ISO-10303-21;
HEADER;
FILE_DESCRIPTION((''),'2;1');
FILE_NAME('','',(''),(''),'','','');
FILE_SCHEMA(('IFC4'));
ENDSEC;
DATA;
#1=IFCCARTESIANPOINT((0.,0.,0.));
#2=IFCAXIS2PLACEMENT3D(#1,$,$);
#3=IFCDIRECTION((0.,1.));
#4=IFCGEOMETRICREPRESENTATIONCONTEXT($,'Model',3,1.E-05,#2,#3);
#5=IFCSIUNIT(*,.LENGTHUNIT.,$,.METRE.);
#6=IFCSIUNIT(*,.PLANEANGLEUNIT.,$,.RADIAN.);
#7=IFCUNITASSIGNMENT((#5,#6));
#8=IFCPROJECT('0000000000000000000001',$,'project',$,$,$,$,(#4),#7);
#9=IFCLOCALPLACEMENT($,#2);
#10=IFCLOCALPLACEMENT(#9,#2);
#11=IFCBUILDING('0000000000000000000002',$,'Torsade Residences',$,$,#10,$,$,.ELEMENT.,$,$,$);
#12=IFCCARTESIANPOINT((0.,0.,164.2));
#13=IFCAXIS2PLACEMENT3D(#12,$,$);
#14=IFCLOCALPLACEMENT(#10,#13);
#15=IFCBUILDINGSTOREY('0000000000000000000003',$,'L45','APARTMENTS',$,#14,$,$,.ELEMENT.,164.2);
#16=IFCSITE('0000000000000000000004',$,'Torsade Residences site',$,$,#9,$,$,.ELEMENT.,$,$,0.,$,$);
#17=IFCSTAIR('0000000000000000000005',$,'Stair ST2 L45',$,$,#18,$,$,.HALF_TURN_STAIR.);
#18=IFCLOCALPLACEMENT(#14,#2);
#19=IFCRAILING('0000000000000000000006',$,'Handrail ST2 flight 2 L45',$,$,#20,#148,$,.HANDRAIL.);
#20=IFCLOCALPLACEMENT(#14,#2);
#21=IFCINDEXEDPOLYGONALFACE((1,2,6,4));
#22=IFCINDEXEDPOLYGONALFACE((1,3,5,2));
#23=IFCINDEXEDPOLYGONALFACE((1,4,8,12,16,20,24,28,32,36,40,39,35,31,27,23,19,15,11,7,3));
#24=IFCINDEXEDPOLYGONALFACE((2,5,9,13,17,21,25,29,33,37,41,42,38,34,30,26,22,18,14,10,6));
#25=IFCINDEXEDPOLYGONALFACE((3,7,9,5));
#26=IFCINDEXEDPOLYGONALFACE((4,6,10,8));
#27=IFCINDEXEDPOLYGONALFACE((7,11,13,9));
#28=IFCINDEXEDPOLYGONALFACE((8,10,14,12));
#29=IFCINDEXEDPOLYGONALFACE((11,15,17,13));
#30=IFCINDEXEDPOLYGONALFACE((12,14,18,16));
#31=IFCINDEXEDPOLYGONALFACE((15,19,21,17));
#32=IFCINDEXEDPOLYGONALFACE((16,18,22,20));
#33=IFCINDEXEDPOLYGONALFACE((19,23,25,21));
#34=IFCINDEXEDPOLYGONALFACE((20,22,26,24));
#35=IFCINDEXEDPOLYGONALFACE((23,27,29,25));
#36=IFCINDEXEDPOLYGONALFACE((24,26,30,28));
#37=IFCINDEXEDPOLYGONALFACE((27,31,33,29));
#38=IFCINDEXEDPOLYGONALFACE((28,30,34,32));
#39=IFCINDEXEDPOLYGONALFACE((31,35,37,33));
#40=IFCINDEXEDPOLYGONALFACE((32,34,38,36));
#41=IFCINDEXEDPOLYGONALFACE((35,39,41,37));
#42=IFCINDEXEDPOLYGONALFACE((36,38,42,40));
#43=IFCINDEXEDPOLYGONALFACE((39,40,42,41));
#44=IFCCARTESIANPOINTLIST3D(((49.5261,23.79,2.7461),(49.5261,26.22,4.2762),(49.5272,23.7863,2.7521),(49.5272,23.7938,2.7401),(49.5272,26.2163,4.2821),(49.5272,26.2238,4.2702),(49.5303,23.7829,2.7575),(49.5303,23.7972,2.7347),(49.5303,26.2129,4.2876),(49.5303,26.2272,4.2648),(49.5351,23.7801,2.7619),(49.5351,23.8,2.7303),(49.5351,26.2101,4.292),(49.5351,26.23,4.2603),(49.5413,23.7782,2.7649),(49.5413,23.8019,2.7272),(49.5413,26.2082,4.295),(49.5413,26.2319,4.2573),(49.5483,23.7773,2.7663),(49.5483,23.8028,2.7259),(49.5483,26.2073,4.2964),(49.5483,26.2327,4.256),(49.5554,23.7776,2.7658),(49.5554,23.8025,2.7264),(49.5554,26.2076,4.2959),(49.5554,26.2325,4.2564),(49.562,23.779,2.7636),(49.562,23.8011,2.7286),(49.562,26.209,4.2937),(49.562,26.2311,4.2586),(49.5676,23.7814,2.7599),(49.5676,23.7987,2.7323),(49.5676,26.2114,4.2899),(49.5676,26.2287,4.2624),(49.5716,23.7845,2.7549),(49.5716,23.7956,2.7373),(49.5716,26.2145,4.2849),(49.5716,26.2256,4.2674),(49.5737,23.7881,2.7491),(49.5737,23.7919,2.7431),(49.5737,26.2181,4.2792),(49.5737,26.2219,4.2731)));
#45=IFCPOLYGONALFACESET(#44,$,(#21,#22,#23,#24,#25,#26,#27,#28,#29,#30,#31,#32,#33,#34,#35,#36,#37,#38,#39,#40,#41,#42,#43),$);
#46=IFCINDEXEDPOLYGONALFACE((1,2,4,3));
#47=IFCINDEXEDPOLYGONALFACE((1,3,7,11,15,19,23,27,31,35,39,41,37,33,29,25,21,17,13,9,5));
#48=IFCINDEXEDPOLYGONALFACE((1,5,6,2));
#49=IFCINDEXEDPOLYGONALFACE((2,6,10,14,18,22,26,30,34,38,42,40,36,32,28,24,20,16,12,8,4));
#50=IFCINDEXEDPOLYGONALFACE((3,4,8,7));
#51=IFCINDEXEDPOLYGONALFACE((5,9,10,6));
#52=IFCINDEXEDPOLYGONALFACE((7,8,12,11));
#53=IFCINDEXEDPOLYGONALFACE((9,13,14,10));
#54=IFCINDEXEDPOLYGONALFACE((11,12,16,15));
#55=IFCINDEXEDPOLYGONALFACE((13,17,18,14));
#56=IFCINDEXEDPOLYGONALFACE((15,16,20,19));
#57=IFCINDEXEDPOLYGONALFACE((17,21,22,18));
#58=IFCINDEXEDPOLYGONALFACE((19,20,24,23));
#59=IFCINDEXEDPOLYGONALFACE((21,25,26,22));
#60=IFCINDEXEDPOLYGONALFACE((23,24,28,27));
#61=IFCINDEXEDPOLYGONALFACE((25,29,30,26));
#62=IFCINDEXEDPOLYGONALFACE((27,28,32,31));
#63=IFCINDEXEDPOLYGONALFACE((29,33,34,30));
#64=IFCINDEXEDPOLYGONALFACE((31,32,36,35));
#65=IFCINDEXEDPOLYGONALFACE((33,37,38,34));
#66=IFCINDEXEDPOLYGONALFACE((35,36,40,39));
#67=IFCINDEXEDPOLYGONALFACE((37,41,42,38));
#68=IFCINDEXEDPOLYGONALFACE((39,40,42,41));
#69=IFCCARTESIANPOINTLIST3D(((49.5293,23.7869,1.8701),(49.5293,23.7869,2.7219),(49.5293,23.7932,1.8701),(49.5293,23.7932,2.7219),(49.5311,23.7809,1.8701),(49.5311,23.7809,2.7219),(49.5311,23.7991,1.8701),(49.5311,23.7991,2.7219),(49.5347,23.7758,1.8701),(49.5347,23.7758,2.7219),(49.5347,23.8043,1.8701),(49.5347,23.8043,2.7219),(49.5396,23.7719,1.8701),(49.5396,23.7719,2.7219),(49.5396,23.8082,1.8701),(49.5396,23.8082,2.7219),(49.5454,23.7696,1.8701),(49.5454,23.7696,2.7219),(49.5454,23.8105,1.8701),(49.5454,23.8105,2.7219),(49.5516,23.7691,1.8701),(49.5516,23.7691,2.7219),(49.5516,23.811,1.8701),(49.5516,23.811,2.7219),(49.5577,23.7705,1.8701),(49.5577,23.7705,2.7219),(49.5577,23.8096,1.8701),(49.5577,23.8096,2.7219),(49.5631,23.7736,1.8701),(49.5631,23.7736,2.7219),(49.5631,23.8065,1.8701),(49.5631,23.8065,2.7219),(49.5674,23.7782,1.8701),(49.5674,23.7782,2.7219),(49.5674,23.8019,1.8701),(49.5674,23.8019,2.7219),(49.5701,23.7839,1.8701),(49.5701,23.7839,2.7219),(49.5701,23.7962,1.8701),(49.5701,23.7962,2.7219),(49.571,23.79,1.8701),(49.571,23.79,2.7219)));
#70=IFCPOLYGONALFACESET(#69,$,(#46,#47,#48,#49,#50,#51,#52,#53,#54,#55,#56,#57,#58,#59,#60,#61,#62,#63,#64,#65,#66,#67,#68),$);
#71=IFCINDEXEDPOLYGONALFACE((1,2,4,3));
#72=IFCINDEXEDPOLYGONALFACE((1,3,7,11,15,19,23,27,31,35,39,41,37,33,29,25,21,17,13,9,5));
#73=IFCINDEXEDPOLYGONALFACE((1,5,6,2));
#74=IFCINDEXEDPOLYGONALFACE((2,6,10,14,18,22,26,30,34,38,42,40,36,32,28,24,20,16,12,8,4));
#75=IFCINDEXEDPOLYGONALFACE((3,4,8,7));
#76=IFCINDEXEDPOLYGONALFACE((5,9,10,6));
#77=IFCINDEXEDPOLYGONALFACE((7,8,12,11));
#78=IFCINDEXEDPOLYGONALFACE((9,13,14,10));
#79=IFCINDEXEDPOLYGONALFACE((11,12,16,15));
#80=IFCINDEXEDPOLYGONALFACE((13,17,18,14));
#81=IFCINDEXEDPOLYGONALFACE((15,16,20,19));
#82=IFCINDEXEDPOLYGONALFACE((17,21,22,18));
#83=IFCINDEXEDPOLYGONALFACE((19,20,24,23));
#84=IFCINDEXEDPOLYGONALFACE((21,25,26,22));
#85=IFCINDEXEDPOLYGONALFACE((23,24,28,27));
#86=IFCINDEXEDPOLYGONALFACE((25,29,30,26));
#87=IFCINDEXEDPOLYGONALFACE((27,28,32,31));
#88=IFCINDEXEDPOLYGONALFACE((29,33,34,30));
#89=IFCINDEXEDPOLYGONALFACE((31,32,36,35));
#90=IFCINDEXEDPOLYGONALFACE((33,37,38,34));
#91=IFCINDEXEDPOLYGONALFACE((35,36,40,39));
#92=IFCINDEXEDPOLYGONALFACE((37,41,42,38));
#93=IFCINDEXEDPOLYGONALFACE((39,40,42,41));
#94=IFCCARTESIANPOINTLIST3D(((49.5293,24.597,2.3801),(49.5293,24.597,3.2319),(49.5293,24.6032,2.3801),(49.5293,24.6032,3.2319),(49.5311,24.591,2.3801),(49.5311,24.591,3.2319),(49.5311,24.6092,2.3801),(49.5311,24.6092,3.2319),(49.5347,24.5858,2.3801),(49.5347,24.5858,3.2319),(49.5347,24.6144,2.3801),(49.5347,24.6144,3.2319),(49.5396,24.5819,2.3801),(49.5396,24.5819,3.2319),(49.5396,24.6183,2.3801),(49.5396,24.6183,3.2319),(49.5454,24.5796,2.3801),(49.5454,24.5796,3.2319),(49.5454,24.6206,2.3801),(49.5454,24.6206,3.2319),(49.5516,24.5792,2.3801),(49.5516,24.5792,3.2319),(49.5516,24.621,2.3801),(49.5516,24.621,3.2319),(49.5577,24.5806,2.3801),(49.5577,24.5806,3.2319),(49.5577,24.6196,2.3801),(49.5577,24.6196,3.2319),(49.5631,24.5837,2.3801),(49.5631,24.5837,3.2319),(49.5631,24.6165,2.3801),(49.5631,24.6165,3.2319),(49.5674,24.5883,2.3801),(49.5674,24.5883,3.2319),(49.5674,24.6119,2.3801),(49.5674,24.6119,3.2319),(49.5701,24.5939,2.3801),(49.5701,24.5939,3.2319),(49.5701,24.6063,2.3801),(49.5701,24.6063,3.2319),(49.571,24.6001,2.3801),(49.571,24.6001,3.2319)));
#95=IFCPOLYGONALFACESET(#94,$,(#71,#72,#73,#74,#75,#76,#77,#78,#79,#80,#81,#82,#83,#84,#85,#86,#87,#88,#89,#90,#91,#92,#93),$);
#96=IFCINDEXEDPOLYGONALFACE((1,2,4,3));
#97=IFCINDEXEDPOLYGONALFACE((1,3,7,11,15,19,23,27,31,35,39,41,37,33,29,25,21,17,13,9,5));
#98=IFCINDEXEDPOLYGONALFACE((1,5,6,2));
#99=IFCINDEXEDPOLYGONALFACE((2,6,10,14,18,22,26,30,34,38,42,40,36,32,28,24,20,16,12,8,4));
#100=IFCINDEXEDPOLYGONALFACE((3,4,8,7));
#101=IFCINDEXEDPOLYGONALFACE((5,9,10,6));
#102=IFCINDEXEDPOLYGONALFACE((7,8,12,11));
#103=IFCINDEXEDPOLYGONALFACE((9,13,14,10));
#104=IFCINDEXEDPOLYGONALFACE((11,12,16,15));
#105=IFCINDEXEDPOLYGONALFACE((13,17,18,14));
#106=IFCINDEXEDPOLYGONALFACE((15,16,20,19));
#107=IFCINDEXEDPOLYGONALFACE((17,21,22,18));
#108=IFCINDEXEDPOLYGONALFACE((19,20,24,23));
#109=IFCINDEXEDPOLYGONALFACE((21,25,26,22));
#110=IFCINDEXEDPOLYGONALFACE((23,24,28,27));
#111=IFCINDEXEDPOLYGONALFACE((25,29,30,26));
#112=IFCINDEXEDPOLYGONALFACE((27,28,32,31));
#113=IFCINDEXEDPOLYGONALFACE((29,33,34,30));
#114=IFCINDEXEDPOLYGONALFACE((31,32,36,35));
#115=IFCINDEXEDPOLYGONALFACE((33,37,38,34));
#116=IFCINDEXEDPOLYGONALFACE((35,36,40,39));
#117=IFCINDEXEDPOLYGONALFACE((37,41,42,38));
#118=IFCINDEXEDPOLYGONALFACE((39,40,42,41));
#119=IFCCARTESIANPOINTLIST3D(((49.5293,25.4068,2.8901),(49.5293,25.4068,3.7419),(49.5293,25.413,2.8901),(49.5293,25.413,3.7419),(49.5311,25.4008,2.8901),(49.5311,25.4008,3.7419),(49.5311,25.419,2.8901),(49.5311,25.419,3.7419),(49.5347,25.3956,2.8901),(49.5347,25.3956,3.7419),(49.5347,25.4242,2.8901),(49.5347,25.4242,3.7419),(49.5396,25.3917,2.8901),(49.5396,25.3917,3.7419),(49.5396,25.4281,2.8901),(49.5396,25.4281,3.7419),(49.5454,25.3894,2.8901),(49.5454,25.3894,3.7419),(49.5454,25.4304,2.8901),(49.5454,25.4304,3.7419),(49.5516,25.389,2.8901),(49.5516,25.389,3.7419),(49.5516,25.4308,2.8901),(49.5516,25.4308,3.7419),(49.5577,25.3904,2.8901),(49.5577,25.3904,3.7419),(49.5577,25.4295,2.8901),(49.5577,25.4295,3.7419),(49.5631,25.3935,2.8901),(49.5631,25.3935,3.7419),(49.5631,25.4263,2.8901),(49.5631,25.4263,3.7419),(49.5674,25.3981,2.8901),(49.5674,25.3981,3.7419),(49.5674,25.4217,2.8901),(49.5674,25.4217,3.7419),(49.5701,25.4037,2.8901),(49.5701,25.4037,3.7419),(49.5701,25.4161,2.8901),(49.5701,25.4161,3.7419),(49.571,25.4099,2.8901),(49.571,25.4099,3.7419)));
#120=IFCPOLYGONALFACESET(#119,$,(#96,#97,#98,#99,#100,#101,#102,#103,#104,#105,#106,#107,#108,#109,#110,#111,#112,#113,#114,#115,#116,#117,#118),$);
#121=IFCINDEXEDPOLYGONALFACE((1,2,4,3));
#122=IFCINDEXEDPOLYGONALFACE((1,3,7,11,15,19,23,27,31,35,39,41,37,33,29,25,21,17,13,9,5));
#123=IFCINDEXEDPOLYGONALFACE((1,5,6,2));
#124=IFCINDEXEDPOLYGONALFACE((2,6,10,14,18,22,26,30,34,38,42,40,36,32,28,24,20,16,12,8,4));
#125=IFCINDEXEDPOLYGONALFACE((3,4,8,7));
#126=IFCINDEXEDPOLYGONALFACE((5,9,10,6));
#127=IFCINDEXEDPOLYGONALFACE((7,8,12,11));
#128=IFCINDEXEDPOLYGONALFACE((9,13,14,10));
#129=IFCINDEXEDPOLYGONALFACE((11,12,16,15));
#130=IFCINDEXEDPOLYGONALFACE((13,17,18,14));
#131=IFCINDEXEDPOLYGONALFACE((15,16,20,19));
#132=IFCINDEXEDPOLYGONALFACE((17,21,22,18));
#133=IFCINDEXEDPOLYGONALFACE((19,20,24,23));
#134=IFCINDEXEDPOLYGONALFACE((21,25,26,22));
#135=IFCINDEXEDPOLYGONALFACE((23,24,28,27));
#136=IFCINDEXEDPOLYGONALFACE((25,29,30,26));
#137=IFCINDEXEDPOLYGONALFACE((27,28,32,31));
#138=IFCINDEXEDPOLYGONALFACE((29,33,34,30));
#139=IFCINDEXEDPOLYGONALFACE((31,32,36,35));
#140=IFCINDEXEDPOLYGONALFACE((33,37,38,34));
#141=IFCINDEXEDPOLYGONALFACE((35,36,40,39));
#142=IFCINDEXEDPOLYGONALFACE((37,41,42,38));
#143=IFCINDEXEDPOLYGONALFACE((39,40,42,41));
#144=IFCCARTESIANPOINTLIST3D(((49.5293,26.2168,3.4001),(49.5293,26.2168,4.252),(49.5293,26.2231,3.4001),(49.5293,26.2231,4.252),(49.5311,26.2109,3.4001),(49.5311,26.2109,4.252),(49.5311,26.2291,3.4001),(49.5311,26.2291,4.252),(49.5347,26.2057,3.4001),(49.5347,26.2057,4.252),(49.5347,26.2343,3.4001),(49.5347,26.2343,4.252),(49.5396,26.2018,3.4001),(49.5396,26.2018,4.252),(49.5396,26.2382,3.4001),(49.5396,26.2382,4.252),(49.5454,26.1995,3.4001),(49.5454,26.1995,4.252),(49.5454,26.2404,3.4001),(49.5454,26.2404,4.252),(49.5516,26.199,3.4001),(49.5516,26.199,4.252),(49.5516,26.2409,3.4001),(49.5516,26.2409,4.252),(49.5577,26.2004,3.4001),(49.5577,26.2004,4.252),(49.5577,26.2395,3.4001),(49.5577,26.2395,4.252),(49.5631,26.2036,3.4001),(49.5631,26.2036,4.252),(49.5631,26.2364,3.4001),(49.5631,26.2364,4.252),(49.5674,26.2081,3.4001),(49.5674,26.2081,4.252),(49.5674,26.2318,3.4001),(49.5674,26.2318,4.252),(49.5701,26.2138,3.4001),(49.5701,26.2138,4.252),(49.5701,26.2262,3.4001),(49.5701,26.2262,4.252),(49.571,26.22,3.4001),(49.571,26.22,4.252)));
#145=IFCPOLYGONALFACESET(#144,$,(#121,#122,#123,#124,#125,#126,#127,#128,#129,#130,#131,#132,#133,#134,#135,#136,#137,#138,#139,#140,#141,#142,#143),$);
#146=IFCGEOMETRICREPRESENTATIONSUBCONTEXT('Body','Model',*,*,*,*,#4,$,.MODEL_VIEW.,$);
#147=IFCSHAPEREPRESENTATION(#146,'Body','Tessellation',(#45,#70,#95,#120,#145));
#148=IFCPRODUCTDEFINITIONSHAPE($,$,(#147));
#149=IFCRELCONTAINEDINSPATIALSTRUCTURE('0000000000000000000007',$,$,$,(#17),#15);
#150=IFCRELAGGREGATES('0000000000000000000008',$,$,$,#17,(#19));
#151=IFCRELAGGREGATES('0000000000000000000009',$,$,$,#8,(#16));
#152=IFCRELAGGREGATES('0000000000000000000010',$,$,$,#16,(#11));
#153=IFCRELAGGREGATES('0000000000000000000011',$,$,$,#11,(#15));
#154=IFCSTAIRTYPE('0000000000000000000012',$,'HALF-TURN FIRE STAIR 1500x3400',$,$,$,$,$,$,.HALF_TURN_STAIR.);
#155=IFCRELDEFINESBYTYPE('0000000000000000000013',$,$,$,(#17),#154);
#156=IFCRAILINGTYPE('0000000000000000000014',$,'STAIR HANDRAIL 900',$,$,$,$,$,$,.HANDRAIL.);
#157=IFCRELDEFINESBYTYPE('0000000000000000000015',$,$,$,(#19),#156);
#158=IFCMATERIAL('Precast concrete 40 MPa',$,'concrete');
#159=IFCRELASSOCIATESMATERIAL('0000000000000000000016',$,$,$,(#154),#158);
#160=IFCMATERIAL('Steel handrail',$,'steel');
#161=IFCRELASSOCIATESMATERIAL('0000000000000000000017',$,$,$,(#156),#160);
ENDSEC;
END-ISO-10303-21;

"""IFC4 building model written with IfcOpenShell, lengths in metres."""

from ifc_helpers import new_model, si_unit, direction, frame, origin, origin_2d, place, context, subcontext, project, spatial, circle, extrude, material, type_object, element, aggregate, save


model = new_model("IFC4")

# Units and contexts
model_context = context("Model", 3, precision=1e-05, world=origin(), true_north=direction((0.0, 1.0)))
body_context = subcontext(model_context, "Body", "Model", "MODEL_VIEW")
ifc_project = project(units=[si_unit("LENGTHUNIT", "METRE"), si_unit("PLANEANGLEUNIT", "RADIAN")], contexts=[model_context])

# Site, building, storey
site_placement = place(None, origin())
site = spatial("IfcSite", under=ifc_project, at=site_placement, Name="Torsade Residences site", CompositionType="ELEMENT", RefElevation=0.0)
building_placement = place(site_placement, origin())
building = spatial("IfcBuilding", under=site, at=building_placement, Name="Torsade Residences", CompositionType="ELEMENT")
storey_placement = place(building_placement, frame((0.0, 0.0, 164.2)))
storey = spatial("IfcBuildingStorey", under=building, at=storey_placement, Name="L45", Description="APARTMENTS", CompositionType="ELEMENT", Elevation=164.2)

# Stair, railing
ifc_material_1 = material(Name="Precast concrete 40 MPa", Category="concrete")
stair_type = type_object("IfcStairType", Name="HALF-TURN FIRE STAIR 1500x3400", PredefinedType="HALF_TURN_STAIR", material=ifc_material_1)
stair_placement = place(storey_placement, origin())
stair = element("IfcStair", 1, at=stair_placement, inside=storey, type_object=stair_type, Name="Stair ST2 L45", PredefinedType="HALF_TURN_STAIR")
ifc_material_2 = material(Name="Steel handrail", Category="steel")
railing_type = type_object("IfcRailingType", Name="STAIR HANDRAIL 900", PredefinedType="HANDRAIL", material=ifc_material_2)
railing_1_placement = place(storey_placement, frame((49.55, 23.79, 1.8701)))
railing_1 = element("IfcRailing", 2, at=railing_1_placement, type_object=railing_type, Name="Handrail ST2 flight 2 L45", PredefinedType="HANDRAIL", context=body_context, shape_type="SweptSolid", body=[
    extrude(circle(Radius=0.0239, at=origin_2d()), frame((0.0, 0.0, 0.876), z_axis=(0.0, 0.846221, 0.532831), x_axis=(-1.0, 0.0, 0.0)), (0.0, 0.0, 1.0), 2.8716),
    extrude(circle(Radius=0.021, at=origin_2d()), origin(), (0.0, 0.0, 1.0), 0.8518),
    extrude(circle(Radius=0.021, at=origin_2d()), frame((0.0, 0.8101, 0.51)), (0.0, 0.0, 1.0), 0.8518),
    extrude(circle(Radius=0.021, at=origin_2d()), frame((0.0, 1.6199, 1.02)), (0.0, 0.0, 1.0), 0.8518),
    extrude(circle(Radius=0.021, at=origin_2d()), frame((0.0, 2.4299, 1.53)), (0.0, 0.0, 1.0), 0.8518),
])
aggregate(stair, [railing_1])

save(model, "model.ifc")
